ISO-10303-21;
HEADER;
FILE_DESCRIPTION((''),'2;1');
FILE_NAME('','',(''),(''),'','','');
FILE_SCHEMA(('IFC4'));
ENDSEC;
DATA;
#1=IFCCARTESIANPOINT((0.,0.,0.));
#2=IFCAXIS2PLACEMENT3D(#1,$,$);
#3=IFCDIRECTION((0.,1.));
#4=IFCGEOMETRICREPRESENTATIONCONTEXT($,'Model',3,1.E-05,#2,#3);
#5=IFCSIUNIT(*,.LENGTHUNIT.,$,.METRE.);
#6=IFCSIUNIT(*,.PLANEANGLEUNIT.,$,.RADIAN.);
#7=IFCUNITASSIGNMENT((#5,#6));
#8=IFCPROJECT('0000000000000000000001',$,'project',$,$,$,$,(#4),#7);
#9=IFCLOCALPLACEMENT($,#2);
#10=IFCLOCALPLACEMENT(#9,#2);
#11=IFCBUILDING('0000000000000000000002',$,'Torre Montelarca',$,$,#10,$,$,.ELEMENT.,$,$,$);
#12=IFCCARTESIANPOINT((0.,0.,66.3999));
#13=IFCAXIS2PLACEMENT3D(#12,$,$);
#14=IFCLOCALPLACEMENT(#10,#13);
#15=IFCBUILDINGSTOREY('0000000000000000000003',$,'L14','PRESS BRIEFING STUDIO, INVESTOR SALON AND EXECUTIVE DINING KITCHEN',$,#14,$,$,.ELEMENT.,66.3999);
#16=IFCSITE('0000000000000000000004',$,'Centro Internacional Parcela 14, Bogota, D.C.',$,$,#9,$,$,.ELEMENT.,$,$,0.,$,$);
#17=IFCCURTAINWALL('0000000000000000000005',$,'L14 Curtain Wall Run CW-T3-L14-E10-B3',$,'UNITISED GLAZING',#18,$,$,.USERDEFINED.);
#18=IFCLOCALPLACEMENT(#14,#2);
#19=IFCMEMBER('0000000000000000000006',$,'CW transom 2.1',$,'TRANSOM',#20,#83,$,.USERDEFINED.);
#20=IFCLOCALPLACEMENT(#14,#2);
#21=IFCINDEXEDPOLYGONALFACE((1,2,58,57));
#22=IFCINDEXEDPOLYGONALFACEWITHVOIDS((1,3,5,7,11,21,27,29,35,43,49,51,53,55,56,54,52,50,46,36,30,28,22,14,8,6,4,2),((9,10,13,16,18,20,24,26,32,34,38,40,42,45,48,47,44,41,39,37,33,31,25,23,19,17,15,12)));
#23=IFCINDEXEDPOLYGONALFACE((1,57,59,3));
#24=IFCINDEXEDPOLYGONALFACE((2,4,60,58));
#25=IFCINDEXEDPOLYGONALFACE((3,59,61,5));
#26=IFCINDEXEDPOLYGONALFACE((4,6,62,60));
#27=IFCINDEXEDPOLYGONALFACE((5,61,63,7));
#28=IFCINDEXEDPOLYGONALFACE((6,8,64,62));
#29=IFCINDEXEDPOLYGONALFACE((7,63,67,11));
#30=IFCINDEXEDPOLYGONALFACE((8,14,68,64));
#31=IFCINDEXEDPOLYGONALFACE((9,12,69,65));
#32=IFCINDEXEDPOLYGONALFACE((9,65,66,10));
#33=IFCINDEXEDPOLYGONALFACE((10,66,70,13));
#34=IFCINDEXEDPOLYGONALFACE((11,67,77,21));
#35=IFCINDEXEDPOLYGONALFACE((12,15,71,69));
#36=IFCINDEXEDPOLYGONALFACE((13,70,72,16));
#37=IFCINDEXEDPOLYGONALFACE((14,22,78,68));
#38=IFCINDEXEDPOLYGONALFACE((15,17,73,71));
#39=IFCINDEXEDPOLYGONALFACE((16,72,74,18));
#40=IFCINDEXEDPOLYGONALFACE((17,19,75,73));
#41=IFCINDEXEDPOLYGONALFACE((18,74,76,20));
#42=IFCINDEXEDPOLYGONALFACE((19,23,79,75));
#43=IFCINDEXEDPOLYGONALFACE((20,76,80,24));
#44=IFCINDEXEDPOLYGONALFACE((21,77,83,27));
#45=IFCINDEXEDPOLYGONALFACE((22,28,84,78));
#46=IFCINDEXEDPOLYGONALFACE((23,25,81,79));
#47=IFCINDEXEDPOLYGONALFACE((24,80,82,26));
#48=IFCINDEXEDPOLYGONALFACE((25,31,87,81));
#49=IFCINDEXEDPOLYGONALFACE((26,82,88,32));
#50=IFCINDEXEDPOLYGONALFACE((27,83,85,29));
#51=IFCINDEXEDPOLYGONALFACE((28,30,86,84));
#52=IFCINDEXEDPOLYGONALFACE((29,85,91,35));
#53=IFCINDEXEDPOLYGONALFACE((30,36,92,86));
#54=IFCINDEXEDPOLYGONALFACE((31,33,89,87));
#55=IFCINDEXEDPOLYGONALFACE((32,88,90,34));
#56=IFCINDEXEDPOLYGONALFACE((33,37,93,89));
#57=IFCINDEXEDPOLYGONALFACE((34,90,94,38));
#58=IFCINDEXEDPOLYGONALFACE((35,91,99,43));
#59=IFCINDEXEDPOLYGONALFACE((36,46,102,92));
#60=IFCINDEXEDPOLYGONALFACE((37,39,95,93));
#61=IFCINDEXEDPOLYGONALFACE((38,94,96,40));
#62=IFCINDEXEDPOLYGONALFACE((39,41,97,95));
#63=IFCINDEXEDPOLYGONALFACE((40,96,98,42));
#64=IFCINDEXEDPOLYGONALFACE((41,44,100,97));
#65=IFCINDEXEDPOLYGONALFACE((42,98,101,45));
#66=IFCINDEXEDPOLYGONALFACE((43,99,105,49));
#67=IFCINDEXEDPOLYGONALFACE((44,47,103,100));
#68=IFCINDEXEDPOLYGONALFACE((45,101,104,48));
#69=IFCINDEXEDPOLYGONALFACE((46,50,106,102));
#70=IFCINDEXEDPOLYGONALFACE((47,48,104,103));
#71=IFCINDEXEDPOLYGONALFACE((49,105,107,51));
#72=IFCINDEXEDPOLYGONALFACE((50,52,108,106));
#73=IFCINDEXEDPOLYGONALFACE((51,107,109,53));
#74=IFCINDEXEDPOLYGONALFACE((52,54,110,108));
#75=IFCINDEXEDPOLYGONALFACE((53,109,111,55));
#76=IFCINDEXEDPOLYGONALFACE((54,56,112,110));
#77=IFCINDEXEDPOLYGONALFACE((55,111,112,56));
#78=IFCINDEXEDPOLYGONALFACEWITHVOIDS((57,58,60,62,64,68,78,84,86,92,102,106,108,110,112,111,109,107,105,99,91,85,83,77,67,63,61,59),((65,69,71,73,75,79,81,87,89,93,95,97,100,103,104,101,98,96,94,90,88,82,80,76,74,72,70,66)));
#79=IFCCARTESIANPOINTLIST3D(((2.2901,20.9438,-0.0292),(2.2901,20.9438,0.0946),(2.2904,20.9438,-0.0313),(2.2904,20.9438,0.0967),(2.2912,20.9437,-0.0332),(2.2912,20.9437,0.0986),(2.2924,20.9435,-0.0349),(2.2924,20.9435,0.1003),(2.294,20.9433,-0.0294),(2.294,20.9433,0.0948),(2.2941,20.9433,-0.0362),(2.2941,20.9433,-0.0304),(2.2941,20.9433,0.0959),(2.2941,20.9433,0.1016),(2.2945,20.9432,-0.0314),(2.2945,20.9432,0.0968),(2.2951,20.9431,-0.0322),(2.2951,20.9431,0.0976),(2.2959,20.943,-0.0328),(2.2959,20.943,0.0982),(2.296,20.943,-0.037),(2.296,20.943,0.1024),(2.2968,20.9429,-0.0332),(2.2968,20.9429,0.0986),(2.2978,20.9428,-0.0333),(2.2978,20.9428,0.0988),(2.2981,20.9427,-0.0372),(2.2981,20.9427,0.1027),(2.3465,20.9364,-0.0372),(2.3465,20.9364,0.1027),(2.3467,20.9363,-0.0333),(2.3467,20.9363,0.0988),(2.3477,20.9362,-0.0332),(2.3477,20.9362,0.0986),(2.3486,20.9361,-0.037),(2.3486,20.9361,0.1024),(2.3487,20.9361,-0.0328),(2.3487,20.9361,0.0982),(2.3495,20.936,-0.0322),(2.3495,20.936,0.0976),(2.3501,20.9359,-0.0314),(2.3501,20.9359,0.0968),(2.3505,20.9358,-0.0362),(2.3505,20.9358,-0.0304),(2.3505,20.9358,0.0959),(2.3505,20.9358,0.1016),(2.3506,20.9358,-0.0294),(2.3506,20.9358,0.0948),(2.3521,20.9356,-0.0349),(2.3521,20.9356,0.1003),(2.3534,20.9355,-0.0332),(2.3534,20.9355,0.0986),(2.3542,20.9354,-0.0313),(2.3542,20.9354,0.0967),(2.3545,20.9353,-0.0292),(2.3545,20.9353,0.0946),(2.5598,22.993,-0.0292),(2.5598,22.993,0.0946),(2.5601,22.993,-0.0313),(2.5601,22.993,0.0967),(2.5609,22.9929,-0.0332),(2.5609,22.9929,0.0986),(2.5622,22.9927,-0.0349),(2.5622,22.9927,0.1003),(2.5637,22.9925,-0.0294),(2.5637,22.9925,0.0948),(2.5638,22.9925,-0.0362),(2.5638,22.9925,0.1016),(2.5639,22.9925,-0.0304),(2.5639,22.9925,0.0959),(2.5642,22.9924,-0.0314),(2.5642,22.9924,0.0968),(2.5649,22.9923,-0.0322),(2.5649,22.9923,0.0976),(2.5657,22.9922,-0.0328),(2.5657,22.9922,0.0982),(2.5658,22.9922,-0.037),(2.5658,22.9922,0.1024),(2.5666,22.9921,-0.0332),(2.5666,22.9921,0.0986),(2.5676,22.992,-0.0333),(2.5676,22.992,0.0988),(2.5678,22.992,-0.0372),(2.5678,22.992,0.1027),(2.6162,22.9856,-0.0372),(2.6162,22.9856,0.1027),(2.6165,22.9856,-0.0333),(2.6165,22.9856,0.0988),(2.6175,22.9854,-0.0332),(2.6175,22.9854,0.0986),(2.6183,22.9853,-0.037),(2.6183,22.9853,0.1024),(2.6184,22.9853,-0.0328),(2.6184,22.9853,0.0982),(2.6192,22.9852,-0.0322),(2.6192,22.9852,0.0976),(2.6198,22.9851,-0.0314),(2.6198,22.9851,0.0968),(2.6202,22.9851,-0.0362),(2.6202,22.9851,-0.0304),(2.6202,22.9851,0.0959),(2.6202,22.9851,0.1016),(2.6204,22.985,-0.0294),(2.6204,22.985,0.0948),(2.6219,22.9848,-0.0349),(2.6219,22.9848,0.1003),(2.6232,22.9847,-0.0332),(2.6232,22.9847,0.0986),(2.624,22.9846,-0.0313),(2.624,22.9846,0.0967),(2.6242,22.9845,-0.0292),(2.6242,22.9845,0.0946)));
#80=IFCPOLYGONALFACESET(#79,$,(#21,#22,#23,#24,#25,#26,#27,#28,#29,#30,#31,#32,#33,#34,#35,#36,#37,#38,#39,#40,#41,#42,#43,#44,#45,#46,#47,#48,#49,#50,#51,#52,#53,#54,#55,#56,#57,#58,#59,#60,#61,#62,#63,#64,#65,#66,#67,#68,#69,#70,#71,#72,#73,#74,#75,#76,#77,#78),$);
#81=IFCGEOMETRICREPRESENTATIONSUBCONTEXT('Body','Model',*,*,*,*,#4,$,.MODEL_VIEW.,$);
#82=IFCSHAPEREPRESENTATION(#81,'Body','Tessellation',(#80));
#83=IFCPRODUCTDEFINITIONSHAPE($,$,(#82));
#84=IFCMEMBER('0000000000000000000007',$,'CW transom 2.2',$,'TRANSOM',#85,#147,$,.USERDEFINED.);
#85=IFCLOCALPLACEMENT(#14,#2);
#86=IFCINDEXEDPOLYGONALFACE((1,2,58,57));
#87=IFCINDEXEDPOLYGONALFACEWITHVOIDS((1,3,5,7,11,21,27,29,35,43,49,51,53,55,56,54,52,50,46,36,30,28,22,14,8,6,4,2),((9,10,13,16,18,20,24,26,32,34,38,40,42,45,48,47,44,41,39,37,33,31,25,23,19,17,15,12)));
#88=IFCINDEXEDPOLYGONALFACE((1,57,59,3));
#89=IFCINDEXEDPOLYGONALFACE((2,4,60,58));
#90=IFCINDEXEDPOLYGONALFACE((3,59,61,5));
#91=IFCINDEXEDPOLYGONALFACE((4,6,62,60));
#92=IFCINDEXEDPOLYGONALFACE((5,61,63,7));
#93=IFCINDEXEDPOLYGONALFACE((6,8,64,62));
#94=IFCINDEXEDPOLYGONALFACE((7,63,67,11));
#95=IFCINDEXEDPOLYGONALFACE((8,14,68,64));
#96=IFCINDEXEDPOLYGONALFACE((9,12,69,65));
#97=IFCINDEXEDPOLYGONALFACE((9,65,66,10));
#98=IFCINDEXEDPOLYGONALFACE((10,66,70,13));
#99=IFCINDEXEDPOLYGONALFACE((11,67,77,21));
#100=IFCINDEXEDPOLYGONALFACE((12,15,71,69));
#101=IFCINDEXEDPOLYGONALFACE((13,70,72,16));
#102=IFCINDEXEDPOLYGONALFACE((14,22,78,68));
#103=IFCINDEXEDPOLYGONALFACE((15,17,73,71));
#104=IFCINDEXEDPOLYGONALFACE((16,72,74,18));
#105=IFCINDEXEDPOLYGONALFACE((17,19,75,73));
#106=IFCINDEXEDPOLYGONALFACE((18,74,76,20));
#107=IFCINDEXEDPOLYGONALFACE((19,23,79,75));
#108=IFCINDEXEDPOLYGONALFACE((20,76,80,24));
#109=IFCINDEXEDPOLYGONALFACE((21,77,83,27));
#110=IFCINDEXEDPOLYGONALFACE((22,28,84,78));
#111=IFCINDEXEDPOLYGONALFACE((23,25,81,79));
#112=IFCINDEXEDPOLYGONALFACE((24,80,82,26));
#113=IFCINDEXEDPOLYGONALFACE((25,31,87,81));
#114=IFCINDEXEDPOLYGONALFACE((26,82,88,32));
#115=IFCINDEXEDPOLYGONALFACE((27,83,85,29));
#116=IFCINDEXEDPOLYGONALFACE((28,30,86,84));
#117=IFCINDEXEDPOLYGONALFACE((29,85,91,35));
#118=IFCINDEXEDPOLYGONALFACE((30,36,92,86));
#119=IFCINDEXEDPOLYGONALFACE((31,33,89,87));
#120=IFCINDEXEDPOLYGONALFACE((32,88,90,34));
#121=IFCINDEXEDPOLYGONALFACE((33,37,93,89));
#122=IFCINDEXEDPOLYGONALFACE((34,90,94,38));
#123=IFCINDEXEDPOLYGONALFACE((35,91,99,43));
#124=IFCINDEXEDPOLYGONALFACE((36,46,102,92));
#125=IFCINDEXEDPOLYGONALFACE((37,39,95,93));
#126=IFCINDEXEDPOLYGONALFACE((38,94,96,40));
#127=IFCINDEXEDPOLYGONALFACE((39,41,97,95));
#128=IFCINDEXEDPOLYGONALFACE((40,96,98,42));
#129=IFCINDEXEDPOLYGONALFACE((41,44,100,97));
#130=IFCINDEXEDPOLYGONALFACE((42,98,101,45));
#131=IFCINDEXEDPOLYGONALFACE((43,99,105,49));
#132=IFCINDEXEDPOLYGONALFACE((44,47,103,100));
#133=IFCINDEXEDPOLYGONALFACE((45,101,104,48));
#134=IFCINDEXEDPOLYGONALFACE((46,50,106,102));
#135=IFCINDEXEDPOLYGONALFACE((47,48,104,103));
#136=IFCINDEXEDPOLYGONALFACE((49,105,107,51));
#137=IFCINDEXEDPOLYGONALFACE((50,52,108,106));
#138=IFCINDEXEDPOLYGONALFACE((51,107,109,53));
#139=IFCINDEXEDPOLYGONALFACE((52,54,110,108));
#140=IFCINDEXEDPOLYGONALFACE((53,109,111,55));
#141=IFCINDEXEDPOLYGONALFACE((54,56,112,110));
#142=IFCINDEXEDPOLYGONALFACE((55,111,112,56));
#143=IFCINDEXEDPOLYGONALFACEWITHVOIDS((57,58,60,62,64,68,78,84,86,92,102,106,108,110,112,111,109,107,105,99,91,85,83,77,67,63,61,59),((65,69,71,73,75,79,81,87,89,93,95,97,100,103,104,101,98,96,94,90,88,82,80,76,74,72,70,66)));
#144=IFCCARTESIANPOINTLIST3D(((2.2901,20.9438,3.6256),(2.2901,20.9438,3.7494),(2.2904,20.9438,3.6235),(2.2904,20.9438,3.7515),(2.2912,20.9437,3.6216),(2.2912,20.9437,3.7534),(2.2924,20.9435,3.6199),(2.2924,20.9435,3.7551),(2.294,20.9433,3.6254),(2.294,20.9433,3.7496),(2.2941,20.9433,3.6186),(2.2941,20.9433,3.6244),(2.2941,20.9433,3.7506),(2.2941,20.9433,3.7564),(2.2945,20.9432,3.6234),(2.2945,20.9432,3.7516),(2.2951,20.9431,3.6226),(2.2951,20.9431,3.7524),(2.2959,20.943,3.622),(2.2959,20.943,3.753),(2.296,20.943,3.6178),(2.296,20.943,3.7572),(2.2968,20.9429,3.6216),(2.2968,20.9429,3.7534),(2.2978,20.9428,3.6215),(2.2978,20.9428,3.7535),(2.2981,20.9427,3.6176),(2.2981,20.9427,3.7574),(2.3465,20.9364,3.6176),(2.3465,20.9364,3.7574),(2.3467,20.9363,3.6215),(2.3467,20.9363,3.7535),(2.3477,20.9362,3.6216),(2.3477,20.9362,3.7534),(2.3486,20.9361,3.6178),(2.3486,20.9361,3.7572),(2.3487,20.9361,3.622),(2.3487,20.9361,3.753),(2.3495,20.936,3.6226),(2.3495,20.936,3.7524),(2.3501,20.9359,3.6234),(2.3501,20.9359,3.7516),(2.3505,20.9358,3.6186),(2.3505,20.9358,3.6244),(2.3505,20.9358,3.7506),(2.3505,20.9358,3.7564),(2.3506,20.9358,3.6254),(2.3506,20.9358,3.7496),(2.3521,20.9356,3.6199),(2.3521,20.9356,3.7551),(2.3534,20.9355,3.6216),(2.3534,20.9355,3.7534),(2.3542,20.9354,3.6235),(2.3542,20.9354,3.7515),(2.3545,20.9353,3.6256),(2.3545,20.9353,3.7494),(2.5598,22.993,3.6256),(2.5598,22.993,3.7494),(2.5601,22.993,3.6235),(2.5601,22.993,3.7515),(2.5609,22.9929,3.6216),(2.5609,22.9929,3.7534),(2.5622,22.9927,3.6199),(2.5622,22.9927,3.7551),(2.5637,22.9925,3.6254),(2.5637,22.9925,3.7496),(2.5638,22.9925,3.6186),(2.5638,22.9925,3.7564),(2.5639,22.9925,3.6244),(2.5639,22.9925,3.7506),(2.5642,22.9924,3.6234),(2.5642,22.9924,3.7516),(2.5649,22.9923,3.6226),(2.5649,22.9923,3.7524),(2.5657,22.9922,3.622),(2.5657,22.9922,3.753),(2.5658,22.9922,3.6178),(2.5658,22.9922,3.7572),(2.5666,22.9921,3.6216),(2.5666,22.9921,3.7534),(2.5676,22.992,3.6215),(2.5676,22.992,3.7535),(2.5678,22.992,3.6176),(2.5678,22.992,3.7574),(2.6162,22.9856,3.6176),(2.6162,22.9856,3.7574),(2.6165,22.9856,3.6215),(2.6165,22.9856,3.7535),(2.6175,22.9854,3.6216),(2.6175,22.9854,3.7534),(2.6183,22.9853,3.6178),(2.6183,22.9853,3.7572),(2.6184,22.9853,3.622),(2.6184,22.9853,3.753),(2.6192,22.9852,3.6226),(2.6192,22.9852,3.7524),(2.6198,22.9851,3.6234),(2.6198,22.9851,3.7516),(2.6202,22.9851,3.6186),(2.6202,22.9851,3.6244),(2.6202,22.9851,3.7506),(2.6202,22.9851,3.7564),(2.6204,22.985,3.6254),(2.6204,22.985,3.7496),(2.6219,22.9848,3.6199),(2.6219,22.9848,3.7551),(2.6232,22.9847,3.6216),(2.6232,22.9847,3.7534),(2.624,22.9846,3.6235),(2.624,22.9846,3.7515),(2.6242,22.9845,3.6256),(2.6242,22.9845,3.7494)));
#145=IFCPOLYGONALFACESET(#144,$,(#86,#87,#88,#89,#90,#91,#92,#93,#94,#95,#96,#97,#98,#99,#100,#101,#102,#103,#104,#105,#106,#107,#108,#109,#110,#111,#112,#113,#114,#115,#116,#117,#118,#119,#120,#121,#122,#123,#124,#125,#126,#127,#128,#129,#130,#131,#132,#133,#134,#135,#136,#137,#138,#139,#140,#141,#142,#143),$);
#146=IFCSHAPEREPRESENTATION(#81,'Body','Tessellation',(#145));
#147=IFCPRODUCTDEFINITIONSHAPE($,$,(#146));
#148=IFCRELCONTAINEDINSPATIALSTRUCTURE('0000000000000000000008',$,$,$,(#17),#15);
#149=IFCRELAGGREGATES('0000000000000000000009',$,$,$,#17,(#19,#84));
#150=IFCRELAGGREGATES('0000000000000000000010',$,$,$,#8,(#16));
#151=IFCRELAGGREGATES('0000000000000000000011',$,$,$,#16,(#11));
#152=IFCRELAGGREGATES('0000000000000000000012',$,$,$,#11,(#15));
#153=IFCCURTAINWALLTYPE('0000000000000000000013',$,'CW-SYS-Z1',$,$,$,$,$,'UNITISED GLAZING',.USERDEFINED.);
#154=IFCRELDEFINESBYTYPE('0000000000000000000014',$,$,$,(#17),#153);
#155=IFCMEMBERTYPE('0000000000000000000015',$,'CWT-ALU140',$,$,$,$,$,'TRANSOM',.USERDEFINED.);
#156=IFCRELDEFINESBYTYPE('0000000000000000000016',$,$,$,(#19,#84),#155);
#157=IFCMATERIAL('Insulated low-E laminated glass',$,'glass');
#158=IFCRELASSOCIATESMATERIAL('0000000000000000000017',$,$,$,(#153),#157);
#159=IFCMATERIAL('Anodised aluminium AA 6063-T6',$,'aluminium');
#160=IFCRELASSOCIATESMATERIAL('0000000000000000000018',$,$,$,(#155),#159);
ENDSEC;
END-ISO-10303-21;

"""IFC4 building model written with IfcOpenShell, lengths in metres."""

from ifc_helpers import new_model, si_unit, direction, frame, origin, origin_2d, place, context, subcontext, project, spatial, hollow_rectangle, extrude, source, transform, mapped, material, material_profile, profile_set, type_object, element, aggregate, save


model = new_model("IFC4")

# Units and contexts
model_context = context("Model", 3, precision=1e-05, world=origin(), true_north=direction((0.0, 1.0)))
body_context = subcontext(model_context, "Body", "Model", "MODEL_VIEW")
ifc_project = project(units=[si_unit("LENGTHUNIT", "METRE"), si_unit("PLANEANGLEUNIT", "RADIAN")], contexts=[model_context])

# Site, building, storey
site_placement = place(None, origin())
site = spatial("IfcSite", under=ifc_project, at=site_placement, Name="Centro Internacional Parcela 14, Bogota, D.C.", CompositionType="ELEMENT", RefElevation=0.0)
building_placement = place(site_placement, origin())
building = spatial("IfcBuilding", under=site, at=building_placement, Name="Torre Montelarca", CompositionType="ELEMENT")
storey_placement = place(building_placement, frame((0.0, 0.0, 66.3999)))
storey = spatial("IfcBuildingStorey", under=building, at=storey_placement, Name="L14", Description="PRESS BRIEFING STUDIO, INVESTOR SALON AND EXECUTIVE DINING KITCHEN", CompositionType="ELEMENT", Elevation=66.3999)

# Curtain wall, members
ifc_material_1 = material(Name="Insulated low-E laminated glass", Category="glass")
curtain_wall_type = type_object("IfcCurtainWallType", Name="CW-SYS-Z1", ElementType="UNITISED GLAZING", PredefinedType="USERDEFINED", material=ifc_material_1)
ifc_material_2 = material(Name="Anodised aluminium AA 6063-T6", Category="aluminium")
ifc_material_profile_1 = material_profile(ifc_material_2, hollow_rectangle(XDim=0.0649, YDim=0.1399, WallThickness=0.0039, InnerFilletRadius=0.0039, OuterFilletRadius=0.0081, at=origin_2d()), Name="ALU65X140X4", Category="aluminium")
ifc_profile_set_1 = profile_set([ifc_material_profile_1], Name="Anodised aluminium AA 6063-T6")
member_type_1 = type_object("IfcMemberType", Name="CWT-ALU140", ElementType="TRANSOM", PredefinedType="USERDEFINED", material=ifc_profile_set_1)
curtain_wall_1_placement = place(storey_placement, origin())
curtain_wall_1 = element("IfcCurtainWall", 1, at=curtain_wall_1_placement, inside=storey, type_object=curtain_wall_type, Name="L14 Curtain Wall Run CW-T3-L14-E10-B3", ObjectType="UNITISED GLAZING", PredefinedType="USERDEFINED")
shared_shape_1 = source(origin(), body_context, "Body", "SweptSolid", [
    extrude(hollow_rectangle(XDim=0.0649, YDim=0.1399, WallThickness=0.0039, InnerFilletRadius=0.0039, OuterFilletRadius=0.0081, at=origin_2d()), origin(), (0.0, 0.0, 1.0), 2.0669),
])
member_1_placement = place(storey_placement, frame((2.592, 22.9888, 0.0327), z_axis=(-0.130516, -0.991446, 0.0), x_axis=(0.991446, -0.130516, 0.0)))
member_1 = element("IfcMember", 2, at=member_1_placement, type_object=member_type_1, Name="CW transom 2.1", ObjectType="TRANSOM", PredefinedType="USERDEFINED", context=body_context, shape_type="MappedRepresentation", body=[
    mapped(shared_shape_1, transform((0.0, 0.0, 0.0), scale=1.0)),
])
member_2_placement = place(storey_placement, frame((2.592, 22.9888, 3.6875), z_axis=(-0.130516, -0.991446, 0.0), x_axis=(0.991446, -0.130516, 0.0)))
member_2 = element("IfcMember", 3, at=member_2_placement, type_object=member_type_1, Name="CW transom 2.2", ObjectType="TRANSOM", PredefinedType="USERDEFINED", context=body_context, shape_type="MappedRepresentation", body=[
    mapped(shared_shape_1, transform((0.0, 0.0, 0.0), scale=1.0)),
])

aggregate(curtain_wall_1, [member_1, member_2])

save(model, "model.ifc")
